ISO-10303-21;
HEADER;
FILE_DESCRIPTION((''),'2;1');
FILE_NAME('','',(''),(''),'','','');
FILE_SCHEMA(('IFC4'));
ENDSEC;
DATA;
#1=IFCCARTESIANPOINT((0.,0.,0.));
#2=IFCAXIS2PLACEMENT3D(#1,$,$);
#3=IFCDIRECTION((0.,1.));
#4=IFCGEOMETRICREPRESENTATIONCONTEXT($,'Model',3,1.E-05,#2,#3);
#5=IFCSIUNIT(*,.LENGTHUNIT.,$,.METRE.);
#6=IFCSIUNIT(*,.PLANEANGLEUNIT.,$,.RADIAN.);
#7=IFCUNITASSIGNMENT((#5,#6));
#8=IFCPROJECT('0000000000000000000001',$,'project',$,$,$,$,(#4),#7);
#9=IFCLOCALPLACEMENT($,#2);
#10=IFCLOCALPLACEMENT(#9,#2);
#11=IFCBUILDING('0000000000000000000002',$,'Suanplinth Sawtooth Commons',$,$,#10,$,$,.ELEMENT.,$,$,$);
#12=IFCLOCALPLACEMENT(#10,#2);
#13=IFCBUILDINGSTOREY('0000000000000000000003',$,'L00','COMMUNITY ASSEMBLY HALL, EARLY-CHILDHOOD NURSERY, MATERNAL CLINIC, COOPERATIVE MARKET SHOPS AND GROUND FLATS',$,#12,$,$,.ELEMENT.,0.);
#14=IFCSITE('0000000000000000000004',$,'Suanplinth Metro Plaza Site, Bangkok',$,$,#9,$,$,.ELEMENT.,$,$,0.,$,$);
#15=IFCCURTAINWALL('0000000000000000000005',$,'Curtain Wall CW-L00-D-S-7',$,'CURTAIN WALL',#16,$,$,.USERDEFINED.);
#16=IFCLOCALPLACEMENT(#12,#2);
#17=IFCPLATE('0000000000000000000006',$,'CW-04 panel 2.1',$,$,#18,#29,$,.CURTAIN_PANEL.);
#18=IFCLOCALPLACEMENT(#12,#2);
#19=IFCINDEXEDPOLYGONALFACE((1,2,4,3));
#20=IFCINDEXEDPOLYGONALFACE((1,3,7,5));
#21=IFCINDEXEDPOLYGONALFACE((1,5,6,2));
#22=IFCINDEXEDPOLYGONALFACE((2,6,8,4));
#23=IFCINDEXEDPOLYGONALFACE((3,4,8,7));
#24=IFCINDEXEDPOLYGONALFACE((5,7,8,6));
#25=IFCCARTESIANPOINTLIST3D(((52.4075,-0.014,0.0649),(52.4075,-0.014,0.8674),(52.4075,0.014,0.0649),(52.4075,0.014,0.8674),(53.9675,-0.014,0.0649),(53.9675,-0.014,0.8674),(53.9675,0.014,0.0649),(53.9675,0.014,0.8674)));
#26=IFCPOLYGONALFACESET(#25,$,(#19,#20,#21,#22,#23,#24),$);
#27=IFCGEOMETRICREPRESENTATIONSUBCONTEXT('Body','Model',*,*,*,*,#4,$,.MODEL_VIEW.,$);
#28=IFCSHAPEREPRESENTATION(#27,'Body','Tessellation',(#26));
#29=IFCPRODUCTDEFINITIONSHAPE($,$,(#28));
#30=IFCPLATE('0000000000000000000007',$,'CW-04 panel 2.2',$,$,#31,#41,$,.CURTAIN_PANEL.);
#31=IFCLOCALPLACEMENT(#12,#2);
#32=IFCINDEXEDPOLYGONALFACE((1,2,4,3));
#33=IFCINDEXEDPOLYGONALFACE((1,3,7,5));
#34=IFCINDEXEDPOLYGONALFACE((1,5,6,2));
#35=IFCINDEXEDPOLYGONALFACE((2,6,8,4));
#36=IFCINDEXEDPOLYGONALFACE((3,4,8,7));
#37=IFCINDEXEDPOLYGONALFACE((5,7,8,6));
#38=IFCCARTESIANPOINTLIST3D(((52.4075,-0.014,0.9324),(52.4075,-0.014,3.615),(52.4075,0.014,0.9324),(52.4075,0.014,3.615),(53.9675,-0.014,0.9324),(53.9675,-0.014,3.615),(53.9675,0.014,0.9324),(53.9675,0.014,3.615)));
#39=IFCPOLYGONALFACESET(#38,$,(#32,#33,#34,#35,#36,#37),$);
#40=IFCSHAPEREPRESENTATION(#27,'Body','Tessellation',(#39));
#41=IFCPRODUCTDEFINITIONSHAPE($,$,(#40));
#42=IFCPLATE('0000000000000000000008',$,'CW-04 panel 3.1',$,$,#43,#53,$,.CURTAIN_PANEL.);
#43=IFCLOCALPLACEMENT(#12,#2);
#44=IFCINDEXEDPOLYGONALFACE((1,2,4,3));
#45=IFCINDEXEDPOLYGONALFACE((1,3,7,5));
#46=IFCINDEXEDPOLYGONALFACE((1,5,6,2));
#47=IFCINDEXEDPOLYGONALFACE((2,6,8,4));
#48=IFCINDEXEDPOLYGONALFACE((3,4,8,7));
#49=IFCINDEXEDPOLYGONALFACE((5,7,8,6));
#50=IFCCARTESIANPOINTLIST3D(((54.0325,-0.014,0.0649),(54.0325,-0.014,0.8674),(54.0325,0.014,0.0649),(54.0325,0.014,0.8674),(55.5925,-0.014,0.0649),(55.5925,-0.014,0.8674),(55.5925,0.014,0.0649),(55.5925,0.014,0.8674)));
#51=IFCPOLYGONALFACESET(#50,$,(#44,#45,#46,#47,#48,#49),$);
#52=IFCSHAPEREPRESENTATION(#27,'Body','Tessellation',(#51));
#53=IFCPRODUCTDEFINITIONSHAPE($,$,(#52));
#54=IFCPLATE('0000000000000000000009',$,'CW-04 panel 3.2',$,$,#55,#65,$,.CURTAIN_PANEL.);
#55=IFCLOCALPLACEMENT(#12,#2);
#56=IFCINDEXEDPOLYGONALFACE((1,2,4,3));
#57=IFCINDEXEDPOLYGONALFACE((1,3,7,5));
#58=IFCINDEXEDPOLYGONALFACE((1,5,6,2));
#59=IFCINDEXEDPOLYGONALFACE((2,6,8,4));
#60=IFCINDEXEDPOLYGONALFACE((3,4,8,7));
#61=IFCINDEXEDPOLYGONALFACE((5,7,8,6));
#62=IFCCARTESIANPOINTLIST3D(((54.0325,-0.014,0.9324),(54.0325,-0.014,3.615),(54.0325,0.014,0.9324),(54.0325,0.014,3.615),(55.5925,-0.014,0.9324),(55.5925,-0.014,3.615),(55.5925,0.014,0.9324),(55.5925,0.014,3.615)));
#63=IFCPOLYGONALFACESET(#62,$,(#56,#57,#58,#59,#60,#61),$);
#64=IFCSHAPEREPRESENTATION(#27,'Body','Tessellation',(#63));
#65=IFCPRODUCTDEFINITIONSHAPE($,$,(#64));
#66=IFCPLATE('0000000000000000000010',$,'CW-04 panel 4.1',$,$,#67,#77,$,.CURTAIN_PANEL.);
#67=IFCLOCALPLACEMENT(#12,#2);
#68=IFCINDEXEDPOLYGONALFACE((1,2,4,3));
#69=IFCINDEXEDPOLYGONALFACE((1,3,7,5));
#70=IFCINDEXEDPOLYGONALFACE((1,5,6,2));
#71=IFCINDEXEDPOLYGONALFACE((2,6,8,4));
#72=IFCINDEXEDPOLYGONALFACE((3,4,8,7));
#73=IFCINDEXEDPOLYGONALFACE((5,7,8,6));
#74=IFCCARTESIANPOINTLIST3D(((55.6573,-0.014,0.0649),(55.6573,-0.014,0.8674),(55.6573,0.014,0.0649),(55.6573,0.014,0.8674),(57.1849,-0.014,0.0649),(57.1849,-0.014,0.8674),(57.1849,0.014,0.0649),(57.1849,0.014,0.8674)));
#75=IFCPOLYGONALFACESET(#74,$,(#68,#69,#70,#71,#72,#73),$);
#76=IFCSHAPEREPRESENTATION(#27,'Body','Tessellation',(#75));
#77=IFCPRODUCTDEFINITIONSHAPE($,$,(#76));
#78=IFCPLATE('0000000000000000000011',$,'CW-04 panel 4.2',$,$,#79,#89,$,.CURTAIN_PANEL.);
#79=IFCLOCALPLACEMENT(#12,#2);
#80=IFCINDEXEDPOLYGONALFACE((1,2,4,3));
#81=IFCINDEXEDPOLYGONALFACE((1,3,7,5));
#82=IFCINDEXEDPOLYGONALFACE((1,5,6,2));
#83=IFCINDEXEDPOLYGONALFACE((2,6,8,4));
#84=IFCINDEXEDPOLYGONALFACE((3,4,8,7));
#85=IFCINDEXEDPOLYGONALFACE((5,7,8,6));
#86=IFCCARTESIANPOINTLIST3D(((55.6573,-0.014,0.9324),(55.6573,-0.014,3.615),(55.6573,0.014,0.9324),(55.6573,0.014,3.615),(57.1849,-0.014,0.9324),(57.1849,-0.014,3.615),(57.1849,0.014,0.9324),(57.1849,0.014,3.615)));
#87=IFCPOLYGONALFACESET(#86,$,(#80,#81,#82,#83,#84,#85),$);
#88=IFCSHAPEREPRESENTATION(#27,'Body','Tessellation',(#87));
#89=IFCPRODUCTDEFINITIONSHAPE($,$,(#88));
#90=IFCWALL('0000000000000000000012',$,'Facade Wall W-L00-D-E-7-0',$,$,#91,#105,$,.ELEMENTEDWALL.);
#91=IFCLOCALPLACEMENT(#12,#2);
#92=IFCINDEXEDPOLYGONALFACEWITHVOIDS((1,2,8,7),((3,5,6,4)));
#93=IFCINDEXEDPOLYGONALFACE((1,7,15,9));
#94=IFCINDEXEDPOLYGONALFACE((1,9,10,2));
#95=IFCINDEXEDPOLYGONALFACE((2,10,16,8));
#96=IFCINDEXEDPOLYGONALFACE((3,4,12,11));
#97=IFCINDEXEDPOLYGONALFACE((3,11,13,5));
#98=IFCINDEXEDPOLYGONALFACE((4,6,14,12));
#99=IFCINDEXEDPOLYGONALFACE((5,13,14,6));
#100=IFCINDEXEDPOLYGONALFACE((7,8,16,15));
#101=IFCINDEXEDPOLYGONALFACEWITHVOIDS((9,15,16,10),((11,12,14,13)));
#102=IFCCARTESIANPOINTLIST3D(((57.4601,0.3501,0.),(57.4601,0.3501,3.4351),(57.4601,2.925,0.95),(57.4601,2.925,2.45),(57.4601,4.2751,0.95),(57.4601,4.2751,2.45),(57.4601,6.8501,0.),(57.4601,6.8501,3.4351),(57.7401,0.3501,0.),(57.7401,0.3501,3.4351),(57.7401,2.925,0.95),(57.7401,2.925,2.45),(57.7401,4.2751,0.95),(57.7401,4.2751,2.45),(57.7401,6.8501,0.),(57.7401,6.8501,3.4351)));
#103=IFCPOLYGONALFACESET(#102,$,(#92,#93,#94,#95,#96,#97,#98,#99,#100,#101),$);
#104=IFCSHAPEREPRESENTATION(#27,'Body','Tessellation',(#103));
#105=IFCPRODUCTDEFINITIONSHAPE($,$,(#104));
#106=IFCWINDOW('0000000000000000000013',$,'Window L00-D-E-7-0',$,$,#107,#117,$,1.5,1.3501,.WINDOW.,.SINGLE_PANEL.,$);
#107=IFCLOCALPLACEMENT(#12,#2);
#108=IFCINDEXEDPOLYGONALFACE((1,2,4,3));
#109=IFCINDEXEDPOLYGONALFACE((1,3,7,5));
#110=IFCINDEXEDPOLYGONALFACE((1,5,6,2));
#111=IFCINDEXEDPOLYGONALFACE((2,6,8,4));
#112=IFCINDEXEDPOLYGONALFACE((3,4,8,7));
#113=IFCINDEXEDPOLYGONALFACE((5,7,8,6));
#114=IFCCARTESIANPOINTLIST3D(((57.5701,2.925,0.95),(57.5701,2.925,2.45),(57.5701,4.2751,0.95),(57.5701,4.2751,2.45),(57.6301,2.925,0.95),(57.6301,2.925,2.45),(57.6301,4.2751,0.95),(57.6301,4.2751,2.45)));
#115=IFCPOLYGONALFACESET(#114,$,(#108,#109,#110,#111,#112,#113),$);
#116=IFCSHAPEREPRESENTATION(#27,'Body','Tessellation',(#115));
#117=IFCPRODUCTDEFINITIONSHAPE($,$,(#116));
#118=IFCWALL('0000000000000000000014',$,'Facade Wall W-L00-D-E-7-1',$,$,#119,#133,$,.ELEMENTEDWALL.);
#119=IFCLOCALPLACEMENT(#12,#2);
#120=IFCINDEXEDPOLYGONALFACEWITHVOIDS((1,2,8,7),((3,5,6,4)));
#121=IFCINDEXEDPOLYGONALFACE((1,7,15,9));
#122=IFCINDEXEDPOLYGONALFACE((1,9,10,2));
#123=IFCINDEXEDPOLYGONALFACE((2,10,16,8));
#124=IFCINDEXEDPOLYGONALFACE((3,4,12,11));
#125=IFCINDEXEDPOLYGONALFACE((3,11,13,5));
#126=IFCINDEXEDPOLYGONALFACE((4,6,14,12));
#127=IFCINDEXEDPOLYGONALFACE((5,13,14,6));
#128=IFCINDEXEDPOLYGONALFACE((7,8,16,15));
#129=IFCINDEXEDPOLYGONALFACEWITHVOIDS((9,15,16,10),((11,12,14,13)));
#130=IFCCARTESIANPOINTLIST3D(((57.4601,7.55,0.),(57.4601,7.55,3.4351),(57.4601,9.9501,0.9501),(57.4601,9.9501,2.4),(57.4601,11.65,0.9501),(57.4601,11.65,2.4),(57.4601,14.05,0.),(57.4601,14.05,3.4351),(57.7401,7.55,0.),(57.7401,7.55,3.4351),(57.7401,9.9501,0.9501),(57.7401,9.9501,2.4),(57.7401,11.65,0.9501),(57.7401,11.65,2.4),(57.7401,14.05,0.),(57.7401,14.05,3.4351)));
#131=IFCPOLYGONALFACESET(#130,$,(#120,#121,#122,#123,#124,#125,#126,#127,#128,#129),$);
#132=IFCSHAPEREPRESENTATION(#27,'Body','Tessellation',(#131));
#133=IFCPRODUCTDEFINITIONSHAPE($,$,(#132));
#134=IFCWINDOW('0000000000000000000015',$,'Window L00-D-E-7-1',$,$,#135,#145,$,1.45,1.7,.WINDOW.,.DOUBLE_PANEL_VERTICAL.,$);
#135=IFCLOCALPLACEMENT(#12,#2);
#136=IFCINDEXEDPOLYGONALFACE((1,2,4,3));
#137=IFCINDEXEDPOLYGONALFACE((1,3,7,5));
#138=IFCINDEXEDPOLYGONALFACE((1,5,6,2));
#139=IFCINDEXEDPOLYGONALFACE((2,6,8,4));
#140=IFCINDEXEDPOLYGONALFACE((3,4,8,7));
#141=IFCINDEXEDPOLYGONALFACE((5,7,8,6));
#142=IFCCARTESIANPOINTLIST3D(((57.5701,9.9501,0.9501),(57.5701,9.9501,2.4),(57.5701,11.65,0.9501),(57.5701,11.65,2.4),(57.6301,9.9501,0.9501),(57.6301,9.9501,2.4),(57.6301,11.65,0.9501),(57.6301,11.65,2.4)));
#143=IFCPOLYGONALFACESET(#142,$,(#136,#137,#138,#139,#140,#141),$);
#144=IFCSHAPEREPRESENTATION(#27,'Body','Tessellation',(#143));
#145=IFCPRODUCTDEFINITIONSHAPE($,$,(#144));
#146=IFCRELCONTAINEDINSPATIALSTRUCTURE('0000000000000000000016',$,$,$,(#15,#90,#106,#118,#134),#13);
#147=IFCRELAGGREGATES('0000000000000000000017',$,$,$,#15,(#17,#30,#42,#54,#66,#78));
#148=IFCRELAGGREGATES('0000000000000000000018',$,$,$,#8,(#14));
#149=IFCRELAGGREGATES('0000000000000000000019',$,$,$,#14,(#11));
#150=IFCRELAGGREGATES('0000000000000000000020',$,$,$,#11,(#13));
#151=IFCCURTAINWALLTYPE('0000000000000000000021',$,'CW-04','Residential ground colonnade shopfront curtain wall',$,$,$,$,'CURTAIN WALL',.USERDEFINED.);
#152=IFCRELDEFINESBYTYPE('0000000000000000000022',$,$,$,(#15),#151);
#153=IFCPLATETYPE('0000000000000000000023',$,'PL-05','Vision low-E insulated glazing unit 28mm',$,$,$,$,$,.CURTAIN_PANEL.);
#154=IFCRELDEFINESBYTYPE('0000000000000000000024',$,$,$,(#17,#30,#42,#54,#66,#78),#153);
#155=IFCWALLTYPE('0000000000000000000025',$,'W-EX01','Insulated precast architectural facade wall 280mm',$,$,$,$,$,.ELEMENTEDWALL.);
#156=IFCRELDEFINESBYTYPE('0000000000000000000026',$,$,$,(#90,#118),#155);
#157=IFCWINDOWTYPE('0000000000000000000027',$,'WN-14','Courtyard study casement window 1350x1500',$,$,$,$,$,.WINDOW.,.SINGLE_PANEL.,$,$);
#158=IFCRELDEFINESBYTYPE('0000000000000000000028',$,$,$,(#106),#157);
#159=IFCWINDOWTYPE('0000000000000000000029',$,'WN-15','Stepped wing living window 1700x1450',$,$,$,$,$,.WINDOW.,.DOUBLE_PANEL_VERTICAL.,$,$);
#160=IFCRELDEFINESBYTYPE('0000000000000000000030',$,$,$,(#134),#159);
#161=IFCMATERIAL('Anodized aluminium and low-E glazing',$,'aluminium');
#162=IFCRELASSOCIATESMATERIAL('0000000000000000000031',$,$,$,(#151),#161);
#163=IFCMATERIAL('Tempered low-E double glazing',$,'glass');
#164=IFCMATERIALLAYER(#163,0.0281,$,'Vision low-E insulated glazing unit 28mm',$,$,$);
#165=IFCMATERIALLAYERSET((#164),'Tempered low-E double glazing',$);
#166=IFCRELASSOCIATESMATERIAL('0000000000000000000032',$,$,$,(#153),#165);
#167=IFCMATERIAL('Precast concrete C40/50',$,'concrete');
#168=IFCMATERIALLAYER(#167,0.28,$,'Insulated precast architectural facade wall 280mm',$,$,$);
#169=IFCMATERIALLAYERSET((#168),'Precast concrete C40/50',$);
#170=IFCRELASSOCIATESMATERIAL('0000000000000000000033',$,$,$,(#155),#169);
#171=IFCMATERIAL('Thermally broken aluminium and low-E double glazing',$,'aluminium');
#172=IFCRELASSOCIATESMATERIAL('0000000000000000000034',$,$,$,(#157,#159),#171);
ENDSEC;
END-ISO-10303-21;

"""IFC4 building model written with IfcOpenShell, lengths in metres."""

from ifc_helpers import new_model, si_unit, direction, frame, frame_2d, origin, origin_2d, place, context, subcontext, project, spatial, rectangle, extrude, material, layer, layer_set, type_object, element, fill, aggregate, save


model = new_model("IFC4")

# Units and contexts
model_context = context("Model", 3, precision=1e-05, world=origin(), true_north=direction((0.0, 1.0)))
body_context = subcontext(model_context, "Body", "Model", "MODEL_VIEW")
ifc_project = project(units=[si_unit("LENGTHUNIT", "METRE"), si_unit("PLANEANGLEUNIT", "RADIAN")], contexts=[model_context])

# Site, building, storey
site_placement = place(None, origin())
site = spatial("IfcSite", under=ifc_project, at=site_placement, Name="Suanplinth Metro Plaza Site, Bangkok", CompositionType="ELEMENT", RefElevation=0.0)
building_placement = place(site_placement, origin())
building = spatial("IfcBuilding", under=site, at=building_placement, Name="Suanplinth Sawtooth Commons", CompositionType="ELEMENT")
storey_placement = place(building_placement, origin())
storey = spatial("IfcBuildingStorey", under=building, at=storey_placement, Name="L00", Description="COMMUNITY ASSEMBLY HALL, EARLY-CHILDHOOD NURSERY, MATERNAL CLINIC, COOPERATIVE MARKET SHOPS AND GROUND FLATS", CompositionType="ELEMENT", Elevation=0.0)

# Curtain wall, plates
ifc_material_1 = material(Name="Anodized aluminium and low-E glazing", Category="aluminium")
curtain_wall_type = type_object("IfcCurtainWallType", Name="CW-04", Description="Residential ground colonnade shopfront curtain wall", ElementType="CURTAIN WALL", PredefinedType="USERDEFINED", material=ifc_material_1)
curtain_wall_placement = place(storey_placement, origin())
curtain_wall = element("IfcCurtainWall", 1, at=curtain_wall_placement, inside=storey, type_object=curtain_wall_type, Name="Curtain Wall CW-L00-D-S-7", ObjectType="CURTAIN WALL", PredefinedType="USERDEFINED")
ifc_material_2 = material(Name="Tempered low-E double glazing", Category="glass")
ifc_layer_1 = layer(ifc_material_2, 0.0281, Name="Vision low-E insulated glazing unit 28mm")
ifc_layer_set_1 = layer_set([ifc_layer_1], Name="Tempered low-E double glazing")
plate_type = type_object("IfcPlateType", Name="PL-05", Description="Vision low-E insulated glazing unit 28mm", PredefinedType="CURTAIN_PANEL", material=ifc_layer_set_1)
plate_1_placement = place(storey_placement, frame((53.1875, 0.0, 0.0649), z_axis=(0.0, 0.0, 1.0), x_axis=(1.0, 0.0, 0.0)))
plate_1 = element("IfcPlate", 2, at=plate_1_placement, type_object=plate_type, Name="CW-04 panel 2.1", PredefinedType="CURTAIN_PANEL", context=body_context, shape_type="SweptSolid", body=[
    extrude(rectangle(XDim=1.5601, YDim=0.0281, at=origin_2d()), origin(), (0.0, 0.0, 1.0), 0.8025),
])
plate_2_placement = place(storey_placement, frame((53.1875, 0.0, 0.9324), z_axis=(0.0, 0.0, 1.0), x_axis=(1.0, 0.0, 0.0)))
plate_2 = element("IfcPlate", 3, at=plate_2_placement, type_object=plate_type, Name="CW-04 panel 2.2", PredefinedType="CURTAIN_PANEL", context=body_context, shape_type="SweptSolid", body=[
    extrude(rectangle(XDim=1.5601, YDim=0.0281, at=origin_2d()), origin(), (0.0, 0.0, 1.0), 2.6826),
])
plate_3_placement = place(storey_placement, frame((54.8125, 0.0, 0.0649), z_axis=(0.0, 0.0, 1.0), x_axis=(1.0, 0.0, 0.0)))
plate_3 = element("IfcPlate", 4, at=plate_3_placement, type_object=plate_type, Name="CW-04 panel 3.1", PredefinedType="CURTAIN_PANEL", context=body_context, shape_type="SweptSolid", body=[
    extrude(rectangle(XDim=1.5601, YDim=0.0281, at=origin_2d()), origin(), (0.0, 0.0, 1.0), 0.8025),
])
plate_4_placement = place(storey_placement, frame((54.8125, 0.0, 0.9324), z_axis=(0.0, 0.0, 1.0), x_axis=(1.0, 0.0, 0.0)))
plate_4 = element("IfcPlate", 5, at=plate_4_placement, type_object=plate_type, Name="CW-04 panel 3.2", PredefinedType="CURTAIN_PANEL", context=body_context, shape_type="SweptSolid", body=[
    extrude(rectangle(XDim=1.5601, YDim=0.0281, at=origin_2d()), origin(), (0.0, 0.0, 1.0), 2.6826),
])
plate_5_placement = place(storey_placement, frame((56.4211, 0.0, 0.0649), z_axis=(0.0, 0.0, 1.0), x_axis=(1.0, 0.0, 0.0)))
plate_5 = element("IfcPlate", 6, at=plate_5_placement, type_object=plate_type, Name="CW-04 panel 4.1", PredefinedType="CURTAIN_PANEL", context=body_context, shape_type="SweptSolid", body=[
    extrude(rectangle(XDim=1.5276, YDim=0.0281, at=origin_2d()), origin(), (0.0, 0.0, 1.0), 0.8025),
])
plate_6_placement = place(storey_placement, frame((56.4211, 0.0, 0.9324), z_axis=(0.0, 0.0, 1.0), x_axis=(1.0, 0.0, 0.0)))
plate_6 = element("IfcPlate", 7, at=plate_6_placement, type_object=plate_type, Name="CW-04 panel 4.2", PredefinedType="CURTAIN_PANEL", context=body_context, shape_type="SweptSolid", body=[
    extrude(rectangle(XDim=1.5276, YDim=0.0281, at=origin_2d()), origin(), (0.0, 0.0, 1.0), 2.6826),
])
aggregate(curtain_wall, [plate_1, plate_2, plate_3, plate_4, plate_5, plate_6])

# Walls, openings, windows
ifc_material_3 = material(Name="Precast concrete C40/50", Category="concrete")
ifc_layer_2 = layer(ifc_material_3, 0.28, Name="Insulated precast architectural facade wall 280mm")
ifc_layer_set_2 = layer_set([ifc_layer_2], Name="Precast concrete C40/50")
wall_type = type_object("IfcWallType", Name="W-EX01", Description="Insulated precast architectural facade wall 280mm", PredefinedType="ELEMENTEDWALL", material=ifc_layer_set_2)
wall_1_placement = place(storey_placement, frame((57.6001, 0.3501, 0.0), z_axis=(0.0, 0.0, 1.0), x_axis=(0.0, 1.0, 0.0)))
wall_1 = element("IfcWall", 8, at=wall_1_placement, inside=storey, type_object=wall_type, Name="Facade Wall W-L00-D-E-7-0", PredefinedType="ELEMENTEDWALL", context=body_context, shape_type="SweptSolid", body=[
    extrude(rectangle(XDim=6.5, YDim=0.28, at=frame_2d((3.25, 0.0))), origin(), (0.0, 0.0, 1.0), 3.4351),
])
opening_1_placement = place(wall_1_placement, frame((2.575, 0.0, 0.95)))
opening_1 = element("IfcOpeningElement", 9, at=opening_1_placement, cuts=wall_1, PredefinedType="OPENING", context=body_context, shape_type="SweptSolid", body=[
    extrude(rectangle(XDim=1.3501, YDim=1.5, at=frame_2d((0.675, 0.75))), frame((0.0, 0.1548, 0.0), z_axis=(0.0, -1.0, 0.0), x_axis=(1.0, 0.0, 0.0)), (0.0, 0.0, 1.0), 0.3098),
])
ifc_material_4 = material(Name="Thermally broken aluminium and low-E double glazing", Category="aluminium")
window_type_1 = type_object("IfcWindowType", Name="WN-14", Description="Courtyard study casement window 1350x1500", PartitioningType="SINGLE_PANEL", PredefinedType="WINDOW", material=ifc_material_4)
window_1_placement = place(opening_1_placement, origin())
window_1 = element("IfcWindow", 10, at=window_1_placement, inside=storey, type_object=window_type_1, Name="Window L00-D-E-7-0", OverallHeight=1.5, OverallWidth=1.3501, PartitioningType="SINGLE_PANEL", PredefinedType="WINDOW", context=body_context, shape_type="SweptSolid", body=[
    extrude(rectangle(XDim=1.3501, YDim=1.5, at=frame_2d((0.675, 0.75))), frame((0.0, 0.03, 0.0), z_axis=(0.0, -1.0, 0.0), x_axis=(1.0, 0.0, 0.0)), (0.0, 0.0, 1.0), 0.0601),
])
fill(opening_1, window_1)
wall_2_placement = place(storey_placement, frame((57.6001, 7.55, 0.0), z_axis=(0.0, 0.0, 1.0), x_axis=(0.0, 1.0, 0.0)))
wall_2 = element("IfcWall", 11, at=wall_2_placement, inside=storey, type_object=wall_type, Name="Facade Wall W-L00-D-E-7-1", PredefinedType="ELEMENTEDWALL", context=body_context, shape_type="SweptSolid", body=[
    extrude(rectangle(XDim=6.5, YDim=0.28, at=frame_2d((3.25, 0.0))), origin(), (0.0, 0.0, 1.0), 3.4351),
])
opening_2_placement = place(wall_2_placement, frame((2.3999, 0.0, 0.95)))
opening_2 = element("IfcOpeningElement", 12, at=opening_2_placement, cuts=wall_2, PredefinedType="OPENING", context=body_context, shape_type="SweptSolid", body=[
    extrude(rectangle(XDim=1.7, YDim=1.45, at=frame_2d((0.8501, 0.7251))), frame((0.0, 0.1548, 0.0), z_axis=(0.0, -1.0, 0.0), x_axis=(1.0, 0.0, 0.0)), (0.0, 0.0, 1.0), 0.3098),
])
window_type_2 = type_object("IfcWindowType", Name="WN-15", Description="Stepped wing living window 1700x1450", PartitioningType="DOUBLE_PANEL_VERTICAL", PredefinedType="WINDOW", material=ifc_material_4)
window_2_placement = place(opening_2_placement, origin())
window_2 = element("IfcWindow", 13, at=window_2_placement, inside=storey, type_object=window_type_2, Name="Window L00-D-E-7-1", OverallHeight=1.45, OverallWidth=1.7, PartitioningType="DOUBLE_PANEL_VERTICAL", PredefinedType="WINDOW", context=body_context, shape_type="SweptSolid", body=[
    extrude(rectangle(XDim=1.7, YDim=1.45, at=frame_2d((0.8501, 0.7251))), frame((0.0, 0.03, 0.0), z_axis=(0.0, -1.0, 0.0), x_axis=(1.0, 0.0, 0.0)), (0.0, 0.0, 1.0), 0.0601),
])
fill(opening_2, window_2)

save(model, "model.ifc")
